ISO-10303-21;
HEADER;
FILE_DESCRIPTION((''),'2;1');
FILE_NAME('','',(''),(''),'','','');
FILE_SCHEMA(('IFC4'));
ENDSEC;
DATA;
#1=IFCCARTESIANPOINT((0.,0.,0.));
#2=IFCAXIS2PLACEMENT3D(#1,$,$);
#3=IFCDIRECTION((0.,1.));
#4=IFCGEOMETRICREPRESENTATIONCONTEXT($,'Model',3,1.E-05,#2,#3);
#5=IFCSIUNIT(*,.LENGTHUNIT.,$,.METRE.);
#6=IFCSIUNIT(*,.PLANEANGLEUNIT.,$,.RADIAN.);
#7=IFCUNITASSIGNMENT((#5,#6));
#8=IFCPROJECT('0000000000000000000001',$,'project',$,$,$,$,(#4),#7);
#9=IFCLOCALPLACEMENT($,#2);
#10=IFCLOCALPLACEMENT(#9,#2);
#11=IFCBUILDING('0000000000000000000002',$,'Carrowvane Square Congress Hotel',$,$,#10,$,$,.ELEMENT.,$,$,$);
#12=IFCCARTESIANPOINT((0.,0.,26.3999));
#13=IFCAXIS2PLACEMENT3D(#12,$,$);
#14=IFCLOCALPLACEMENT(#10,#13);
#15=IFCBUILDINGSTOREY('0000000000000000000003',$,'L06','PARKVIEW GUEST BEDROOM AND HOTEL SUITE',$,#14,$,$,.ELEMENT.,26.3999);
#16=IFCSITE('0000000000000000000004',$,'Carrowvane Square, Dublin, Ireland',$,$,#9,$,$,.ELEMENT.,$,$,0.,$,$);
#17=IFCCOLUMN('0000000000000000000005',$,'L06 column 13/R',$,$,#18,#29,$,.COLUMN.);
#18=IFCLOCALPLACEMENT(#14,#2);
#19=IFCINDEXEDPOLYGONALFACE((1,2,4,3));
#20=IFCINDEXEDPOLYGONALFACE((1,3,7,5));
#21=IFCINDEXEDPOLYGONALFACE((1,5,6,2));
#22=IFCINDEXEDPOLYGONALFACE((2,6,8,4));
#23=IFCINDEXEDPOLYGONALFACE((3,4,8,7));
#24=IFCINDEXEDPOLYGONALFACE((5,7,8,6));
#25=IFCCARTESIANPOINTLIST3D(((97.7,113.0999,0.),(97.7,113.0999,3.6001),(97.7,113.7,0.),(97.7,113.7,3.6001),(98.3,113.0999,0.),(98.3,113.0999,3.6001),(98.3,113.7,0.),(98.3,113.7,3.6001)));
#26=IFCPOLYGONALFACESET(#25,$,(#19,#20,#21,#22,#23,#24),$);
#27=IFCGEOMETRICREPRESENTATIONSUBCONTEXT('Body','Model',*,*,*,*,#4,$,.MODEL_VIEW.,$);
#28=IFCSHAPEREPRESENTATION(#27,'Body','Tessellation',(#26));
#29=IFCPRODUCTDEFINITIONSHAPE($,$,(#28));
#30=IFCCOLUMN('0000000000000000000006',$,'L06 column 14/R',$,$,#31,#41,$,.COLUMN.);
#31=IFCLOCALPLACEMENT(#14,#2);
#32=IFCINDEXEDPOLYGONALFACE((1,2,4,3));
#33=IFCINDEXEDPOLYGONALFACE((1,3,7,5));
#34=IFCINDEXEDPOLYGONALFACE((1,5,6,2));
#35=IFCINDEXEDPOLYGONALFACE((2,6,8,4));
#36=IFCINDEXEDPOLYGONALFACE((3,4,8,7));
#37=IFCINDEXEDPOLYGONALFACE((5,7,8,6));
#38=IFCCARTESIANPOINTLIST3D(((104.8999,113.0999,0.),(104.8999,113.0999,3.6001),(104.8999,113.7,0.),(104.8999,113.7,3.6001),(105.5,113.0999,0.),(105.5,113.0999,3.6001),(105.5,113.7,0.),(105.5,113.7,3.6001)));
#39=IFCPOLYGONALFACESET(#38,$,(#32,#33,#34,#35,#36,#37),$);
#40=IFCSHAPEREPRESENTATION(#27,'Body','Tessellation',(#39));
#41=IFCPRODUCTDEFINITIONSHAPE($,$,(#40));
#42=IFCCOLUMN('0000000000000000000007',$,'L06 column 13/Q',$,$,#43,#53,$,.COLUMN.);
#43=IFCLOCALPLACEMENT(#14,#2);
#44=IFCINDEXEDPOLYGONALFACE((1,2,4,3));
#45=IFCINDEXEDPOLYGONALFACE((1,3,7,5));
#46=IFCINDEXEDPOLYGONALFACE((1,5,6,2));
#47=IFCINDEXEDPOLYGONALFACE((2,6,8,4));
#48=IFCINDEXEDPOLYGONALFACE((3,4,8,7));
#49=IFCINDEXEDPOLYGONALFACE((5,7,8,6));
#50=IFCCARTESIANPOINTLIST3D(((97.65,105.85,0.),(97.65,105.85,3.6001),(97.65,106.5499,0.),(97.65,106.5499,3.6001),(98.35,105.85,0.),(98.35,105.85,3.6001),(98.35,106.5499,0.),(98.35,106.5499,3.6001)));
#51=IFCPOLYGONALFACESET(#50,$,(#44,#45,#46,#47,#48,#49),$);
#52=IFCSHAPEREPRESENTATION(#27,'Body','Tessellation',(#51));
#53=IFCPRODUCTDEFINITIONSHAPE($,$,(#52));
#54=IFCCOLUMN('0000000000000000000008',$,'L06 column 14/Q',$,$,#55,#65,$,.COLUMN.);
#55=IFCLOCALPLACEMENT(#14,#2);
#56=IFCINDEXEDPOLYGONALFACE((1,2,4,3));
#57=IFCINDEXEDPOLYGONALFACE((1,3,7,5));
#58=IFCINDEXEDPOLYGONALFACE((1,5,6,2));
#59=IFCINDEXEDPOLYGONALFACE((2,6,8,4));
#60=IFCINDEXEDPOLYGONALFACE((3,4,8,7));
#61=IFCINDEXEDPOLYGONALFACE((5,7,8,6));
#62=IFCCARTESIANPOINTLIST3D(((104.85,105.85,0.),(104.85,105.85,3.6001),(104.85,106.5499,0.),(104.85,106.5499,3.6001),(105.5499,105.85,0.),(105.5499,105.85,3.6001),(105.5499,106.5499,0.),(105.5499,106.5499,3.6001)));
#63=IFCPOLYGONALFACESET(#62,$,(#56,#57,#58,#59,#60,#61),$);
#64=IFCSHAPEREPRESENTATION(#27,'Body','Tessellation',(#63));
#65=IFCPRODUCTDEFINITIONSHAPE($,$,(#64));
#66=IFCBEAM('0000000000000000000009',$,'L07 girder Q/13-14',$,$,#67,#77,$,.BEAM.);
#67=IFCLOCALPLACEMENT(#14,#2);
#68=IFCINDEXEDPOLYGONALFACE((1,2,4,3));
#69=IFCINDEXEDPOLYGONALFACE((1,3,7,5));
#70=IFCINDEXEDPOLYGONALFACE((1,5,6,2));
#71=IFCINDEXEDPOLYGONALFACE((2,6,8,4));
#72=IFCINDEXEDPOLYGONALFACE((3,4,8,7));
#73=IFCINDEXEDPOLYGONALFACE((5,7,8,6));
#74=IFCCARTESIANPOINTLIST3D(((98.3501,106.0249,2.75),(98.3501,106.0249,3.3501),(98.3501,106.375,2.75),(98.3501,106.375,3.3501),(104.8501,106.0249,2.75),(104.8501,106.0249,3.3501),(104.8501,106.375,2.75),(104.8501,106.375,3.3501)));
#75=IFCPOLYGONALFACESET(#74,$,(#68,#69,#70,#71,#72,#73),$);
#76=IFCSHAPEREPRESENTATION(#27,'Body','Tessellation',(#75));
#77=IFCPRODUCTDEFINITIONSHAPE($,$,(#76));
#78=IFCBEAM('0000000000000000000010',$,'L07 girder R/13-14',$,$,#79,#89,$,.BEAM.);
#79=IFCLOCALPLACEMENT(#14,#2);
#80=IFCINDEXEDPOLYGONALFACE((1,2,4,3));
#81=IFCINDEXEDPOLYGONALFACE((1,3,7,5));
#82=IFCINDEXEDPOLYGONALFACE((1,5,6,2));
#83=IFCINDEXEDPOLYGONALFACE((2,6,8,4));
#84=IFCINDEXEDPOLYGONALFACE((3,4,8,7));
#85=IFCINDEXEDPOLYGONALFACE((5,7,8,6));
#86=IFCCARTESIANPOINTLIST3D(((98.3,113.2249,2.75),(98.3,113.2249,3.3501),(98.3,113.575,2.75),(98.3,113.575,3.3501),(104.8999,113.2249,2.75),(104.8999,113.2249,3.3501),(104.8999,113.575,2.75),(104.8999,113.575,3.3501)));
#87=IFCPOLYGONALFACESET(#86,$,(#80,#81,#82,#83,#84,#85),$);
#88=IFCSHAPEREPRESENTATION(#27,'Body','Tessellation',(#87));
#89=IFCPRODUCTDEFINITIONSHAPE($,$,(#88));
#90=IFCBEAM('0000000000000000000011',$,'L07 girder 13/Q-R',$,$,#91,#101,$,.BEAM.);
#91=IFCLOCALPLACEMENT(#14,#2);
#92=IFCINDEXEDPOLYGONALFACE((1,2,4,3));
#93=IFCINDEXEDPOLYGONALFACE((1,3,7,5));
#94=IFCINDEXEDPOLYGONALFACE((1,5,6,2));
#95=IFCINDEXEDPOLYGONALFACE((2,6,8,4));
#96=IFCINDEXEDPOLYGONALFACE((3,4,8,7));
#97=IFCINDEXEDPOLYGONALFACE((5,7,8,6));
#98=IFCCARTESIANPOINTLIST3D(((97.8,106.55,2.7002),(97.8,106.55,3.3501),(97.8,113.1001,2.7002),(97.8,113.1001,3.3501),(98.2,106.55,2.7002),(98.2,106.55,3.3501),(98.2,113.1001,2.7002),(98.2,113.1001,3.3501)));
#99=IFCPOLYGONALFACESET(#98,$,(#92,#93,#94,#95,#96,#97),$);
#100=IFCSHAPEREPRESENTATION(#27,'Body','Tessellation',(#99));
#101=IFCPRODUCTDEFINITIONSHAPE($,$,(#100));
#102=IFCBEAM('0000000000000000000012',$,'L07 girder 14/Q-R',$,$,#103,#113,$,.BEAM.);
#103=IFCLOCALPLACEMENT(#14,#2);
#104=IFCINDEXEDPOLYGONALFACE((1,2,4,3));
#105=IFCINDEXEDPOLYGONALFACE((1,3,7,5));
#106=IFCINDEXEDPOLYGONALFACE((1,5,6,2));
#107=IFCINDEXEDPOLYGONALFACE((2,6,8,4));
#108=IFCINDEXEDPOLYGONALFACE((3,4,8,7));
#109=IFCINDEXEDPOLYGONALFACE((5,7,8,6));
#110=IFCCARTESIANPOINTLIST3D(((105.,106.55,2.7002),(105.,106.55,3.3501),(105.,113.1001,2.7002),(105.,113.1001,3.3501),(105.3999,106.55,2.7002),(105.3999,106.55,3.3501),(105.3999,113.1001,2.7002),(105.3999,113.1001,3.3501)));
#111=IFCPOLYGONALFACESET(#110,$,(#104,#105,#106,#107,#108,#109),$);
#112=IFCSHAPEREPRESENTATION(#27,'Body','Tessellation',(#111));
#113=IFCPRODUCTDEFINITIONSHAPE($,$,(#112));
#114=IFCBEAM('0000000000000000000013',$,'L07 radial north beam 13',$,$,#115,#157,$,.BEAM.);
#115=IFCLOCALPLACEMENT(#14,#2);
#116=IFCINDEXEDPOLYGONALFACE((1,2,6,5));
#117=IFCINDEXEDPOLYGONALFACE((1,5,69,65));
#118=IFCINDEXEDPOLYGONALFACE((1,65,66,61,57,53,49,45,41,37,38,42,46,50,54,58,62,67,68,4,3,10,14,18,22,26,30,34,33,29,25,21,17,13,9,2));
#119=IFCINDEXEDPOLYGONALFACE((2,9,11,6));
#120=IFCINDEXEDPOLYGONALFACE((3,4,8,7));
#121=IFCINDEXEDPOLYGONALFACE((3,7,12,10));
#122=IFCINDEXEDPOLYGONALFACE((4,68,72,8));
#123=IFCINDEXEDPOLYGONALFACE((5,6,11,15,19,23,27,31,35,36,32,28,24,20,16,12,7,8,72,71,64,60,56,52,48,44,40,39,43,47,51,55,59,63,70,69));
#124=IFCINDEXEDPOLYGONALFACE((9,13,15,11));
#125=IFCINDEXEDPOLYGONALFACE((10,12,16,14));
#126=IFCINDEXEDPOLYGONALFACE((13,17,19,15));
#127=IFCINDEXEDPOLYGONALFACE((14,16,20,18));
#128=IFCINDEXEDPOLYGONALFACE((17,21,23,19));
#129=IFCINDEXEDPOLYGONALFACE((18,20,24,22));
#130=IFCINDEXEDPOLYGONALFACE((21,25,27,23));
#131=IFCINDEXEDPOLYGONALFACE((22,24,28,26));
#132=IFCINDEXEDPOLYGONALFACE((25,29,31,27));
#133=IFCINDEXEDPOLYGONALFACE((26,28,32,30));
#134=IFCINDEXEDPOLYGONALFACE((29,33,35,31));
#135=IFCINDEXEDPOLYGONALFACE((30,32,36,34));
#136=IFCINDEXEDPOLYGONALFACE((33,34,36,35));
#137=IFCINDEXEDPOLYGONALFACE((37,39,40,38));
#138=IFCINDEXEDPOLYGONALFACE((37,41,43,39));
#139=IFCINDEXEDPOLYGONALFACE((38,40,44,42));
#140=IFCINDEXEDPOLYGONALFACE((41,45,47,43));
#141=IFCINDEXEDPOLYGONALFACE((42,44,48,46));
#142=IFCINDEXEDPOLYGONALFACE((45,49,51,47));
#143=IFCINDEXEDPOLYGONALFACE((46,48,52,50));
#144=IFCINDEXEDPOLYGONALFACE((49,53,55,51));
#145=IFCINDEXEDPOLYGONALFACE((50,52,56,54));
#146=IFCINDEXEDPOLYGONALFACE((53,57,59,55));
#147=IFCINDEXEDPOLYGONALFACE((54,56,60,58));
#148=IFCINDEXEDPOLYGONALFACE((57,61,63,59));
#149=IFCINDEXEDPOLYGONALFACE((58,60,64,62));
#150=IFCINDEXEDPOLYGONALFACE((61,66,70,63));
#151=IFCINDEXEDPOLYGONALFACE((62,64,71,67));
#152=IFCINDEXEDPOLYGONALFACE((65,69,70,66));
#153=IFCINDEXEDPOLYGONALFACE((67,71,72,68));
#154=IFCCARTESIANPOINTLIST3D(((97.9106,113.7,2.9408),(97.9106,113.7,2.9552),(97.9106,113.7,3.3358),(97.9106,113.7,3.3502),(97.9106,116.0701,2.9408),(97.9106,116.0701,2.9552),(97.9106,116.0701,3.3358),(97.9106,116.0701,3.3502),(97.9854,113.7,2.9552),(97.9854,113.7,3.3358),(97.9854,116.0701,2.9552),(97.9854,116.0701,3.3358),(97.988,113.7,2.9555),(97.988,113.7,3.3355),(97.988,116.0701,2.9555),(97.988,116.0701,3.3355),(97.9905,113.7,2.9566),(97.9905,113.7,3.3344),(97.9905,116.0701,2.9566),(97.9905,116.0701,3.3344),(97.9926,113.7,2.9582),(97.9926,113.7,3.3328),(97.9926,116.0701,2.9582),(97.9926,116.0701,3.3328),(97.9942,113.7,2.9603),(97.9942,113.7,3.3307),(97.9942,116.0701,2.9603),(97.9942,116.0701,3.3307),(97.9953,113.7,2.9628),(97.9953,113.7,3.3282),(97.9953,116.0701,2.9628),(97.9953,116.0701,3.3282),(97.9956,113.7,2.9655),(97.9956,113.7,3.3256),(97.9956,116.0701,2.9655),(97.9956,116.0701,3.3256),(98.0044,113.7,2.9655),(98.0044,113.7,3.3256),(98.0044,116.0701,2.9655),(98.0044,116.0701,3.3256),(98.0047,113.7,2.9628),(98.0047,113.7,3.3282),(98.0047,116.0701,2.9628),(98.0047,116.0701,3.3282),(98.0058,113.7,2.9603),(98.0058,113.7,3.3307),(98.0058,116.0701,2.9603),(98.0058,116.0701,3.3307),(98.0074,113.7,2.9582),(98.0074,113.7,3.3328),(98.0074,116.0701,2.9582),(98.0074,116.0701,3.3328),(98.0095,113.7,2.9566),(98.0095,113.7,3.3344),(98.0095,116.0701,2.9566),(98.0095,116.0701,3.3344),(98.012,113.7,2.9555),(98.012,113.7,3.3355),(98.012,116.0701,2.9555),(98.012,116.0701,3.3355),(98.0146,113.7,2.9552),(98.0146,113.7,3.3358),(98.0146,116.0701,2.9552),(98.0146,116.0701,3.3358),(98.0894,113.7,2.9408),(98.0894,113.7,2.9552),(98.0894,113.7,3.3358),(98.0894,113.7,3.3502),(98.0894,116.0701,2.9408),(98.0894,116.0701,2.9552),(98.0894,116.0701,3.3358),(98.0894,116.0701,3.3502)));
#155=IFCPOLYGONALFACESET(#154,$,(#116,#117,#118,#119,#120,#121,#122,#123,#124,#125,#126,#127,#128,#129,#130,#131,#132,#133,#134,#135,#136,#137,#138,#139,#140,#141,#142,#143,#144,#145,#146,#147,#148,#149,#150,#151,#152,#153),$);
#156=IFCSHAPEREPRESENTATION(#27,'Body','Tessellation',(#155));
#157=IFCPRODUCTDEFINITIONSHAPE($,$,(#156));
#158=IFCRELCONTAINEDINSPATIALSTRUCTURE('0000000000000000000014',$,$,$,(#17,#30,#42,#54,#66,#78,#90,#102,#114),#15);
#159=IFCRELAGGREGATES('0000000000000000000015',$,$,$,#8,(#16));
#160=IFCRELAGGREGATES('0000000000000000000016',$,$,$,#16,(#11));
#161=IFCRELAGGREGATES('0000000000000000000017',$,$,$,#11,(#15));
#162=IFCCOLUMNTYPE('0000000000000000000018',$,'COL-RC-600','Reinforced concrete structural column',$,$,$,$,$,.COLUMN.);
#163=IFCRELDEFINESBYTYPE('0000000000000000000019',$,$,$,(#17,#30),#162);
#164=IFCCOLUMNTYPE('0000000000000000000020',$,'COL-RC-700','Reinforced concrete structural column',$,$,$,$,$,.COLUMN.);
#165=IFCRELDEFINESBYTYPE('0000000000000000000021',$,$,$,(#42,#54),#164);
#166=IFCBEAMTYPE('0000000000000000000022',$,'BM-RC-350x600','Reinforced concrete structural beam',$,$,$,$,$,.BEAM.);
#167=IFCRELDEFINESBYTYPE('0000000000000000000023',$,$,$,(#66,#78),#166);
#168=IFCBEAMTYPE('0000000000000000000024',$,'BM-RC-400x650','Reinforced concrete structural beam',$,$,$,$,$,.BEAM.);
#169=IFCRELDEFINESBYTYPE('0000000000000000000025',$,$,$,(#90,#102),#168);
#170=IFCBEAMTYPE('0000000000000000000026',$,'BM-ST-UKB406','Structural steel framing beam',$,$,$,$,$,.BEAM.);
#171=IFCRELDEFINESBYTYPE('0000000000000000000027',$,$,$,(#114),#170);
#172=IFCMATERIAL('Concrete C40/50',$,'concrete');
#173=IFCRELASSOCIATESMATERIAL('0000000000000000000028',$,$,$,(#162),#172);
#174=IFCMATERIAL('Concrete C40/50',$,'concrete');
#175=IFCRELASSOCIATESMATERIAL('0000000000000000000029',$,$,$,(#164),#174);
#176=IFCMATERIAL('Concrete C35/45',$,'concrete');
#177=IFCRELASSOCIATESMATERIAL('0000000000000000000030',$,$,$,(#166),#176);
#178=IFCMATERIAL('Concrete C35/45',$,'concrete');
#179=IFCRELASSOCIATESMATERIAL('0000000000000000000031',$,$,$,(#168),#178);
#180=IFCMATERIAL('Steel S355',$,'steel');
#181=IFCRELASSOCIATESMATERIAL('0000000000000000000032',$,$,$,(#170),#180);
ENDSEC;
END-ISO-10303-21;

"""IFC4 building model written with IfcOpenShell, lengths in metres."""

from ifc_helpers import new_model, si_unit, direction, frame, origin, origin_2d, place, context, subcontext, project, spatial, rectangle, i_section, extrude, material, material_profile, profile_set, type_object, element, save


model = new_model("IFC4")

# Units and contexts
model_context = context("Model", 3, precision=1e-05, world=origin(), true_north=direction((0.0, 1.0)))
body_context = subcontext(model_context, "Body", "Model", "MODEL_VIEW")
ifc_project = project(units=[si_unit("LENGTHUNIT", "METRE"), si_unit("PLANEANGLEUNIT", "RADIAN")], contexts=[model_context])

# Site, building, storey
site_placement = place(None, origin())
site = spatial("IfcSite", under=ifc_project, at=site_placement, Name="Carrowvane Square, Dublin, Ireland", CompositionType="ELEMENT", RefElevation=0.0)
building_placement = place(site_placement, origin())
building = spatial("IfcBuilding", under=site, at=building_placement, Name="Carrowvane Square Congress Hotel", CompositionType="ELEMENT")
storey_placement = place(building_placement, frame((0.0, 0.0, 26.3999)))
storey = spatial("IfcBuildingStorey", under=building, at=storey_placement, Name="L06", Description="PARKVIEW GUEST BEDROOM AND HOTEL SUITE", CompositionType="ELEMENT", Elevation=26.3999)

# Columns
ifc_material_1 = material(Name="Concrete C40/50", Category="concrete")
ifc_material_profile_1 = material_profile(ifc_material_1, rectangle(XDim=0.6001, YDim=0.6001, at=origin_2d()), Name="RC 600x600")
ifc_profile_set_1 = profile_set([ifc_material_profile_1], Name="Concrete C40/50")
column_type_1 = type_object("IfcColumnType", Name="COL-RC-600", Description="Reinforced concrete structural column", PredefinedType="COLUMN", material=ifc_profile_set_1)
for number, where, z_axis, x_axis, name in (
    (1, (98.0, 113.3999, 0.0), (0.0, 0.0, 1.0), (1.0, 0.0, 0.0), "L06 column 13/R"),
    (2, (105.2, 113.3999, 0.0), (0.0, 0.0, 1.0), (1.0, 0.0, 0.0), "L06 column 14/R"),
):
    element("IfcColumn", number, at=place(storey_placement, frame(where, z_axis=z_axis, x_axis=x_axis)), inside=storey, type_object=column_type_1, Name=name, PredefinedType="COLUMN", context=body_context, shape_type="SweptSolid", body=[
        extrude(rectangle(XDim=0.6001, YDim=0.6001, at=origin_2d()), origin(), (0.0, 0.0, 1.0), 3.6001),
    ])
ifc_material_2 = material(Name="Concrete C40/50", Category="concrete")
ifc_material_profile_2 = material_profile(ifc_material_2, rectangle(XDim=0.7, YDim=0.7, at=origin_2d()), Name="RC 700x700")
ifc_profile_set_2 = profile_set([ifc_material_profile_2], Name="Concrete C40/50")
column_type_2 = type_object("IfcColumnType", Name="COL-RC-700", Description="Reinforced concrete structural column", PredefinedType="COLUMN", material=ifc_profile_set_2)
for number, where, z_axis, x_axis, name in (
    (3, (98.0, 106.2, 0.0), (0.0, 0.0, 1.0), (1.0, 0.0, 0.0), "L06 column 13/Q"),
    (4, (105.2, 106.2, 0.0), (0.0, 0.0, 1.0), (1.0, 0.0, 0.0), "L06 column 14/Q"),
):
    element("IfcColumn", number, at=place(storey_placement, frame(where, z_axis=z_axis, x_axis=x_axis)), inside=storey, type_object=column_type_2, Name=name, PredefinedType="COLUMN", context=body_context, shape_type="SweptSolid", body=[
        extrude(rectangle(XDim=0.7, YDim=0.7, at=origin_2d()), origin(), (0.0, 0.0, 1.0), 3.6001),
    ])

# Beams
ifc_material_3 = material(Name="Concrete C35/45", Category="concrete")
ifc_material_profile_3 = material_profile(ifc_material_3, rectangle(XDim=0.3501, YDim=0.6001, at=origin_2d()), Name="RC 350x600")
ifc_profile_set_3 = profile_set([ifc_material_profile_3], Name="Concrete C35/45")
beam_type_1 = type_object("IfcBeamType", Name="BM-RC-350x600", Description="Reinforced concrete structural beam", PredefinedType="BEAM", material=ifc_profile_set_3)
beam_1_placement = place(storey_placement, frame((98.3501, 106.2, 3.05), z_axis=(1.0, 0.0, 0.0), x_axis=(0.0, 1.0, 0.0)))
element("IfcBeam", 5, at=beam_1_placement, inside=storey, type_object=beam_type_1, Name="L07 girder Q/13-14", PredefinedType="BEAM", context=body_context, shape_type="SweptSolid", body=[
    extrude(rectangle(XDim=0.3501, YDim=0.6001, at=origin_2d()), origin(), (0.0, 0.0, 1.0), 6.5),
])
beam_2_placement = place(storey_placement, frame((98.3, 113.3999, 3.05), z_axis=(1.0, 0.0, 0.0), x_axis=(0.0, 1.0, 0.0)))
element("IfcBeam", 6, at=beam_2_placement, inside=storey, type_object=beam_type_1, Name="L07 girder R/13-14", PredefinedType="BEAM", context=body_context, shape_type="SweptSolid", body=[
    extrude(rectangle(XDim=0.3501, YDim=0.6001, at=origin_2d()), origin(), (0.0, 0.0, 1.0), 6.5999),
])
ifc_material_4 = material(Name="Concrete C35/45", Category="concrete")
ifc_material_profile_4 = material_profile(ifc_material_4, rectangle(XDim=0.3999, YDim=0.6499, at=origin_2d()), Name="RC 400x650")
ifc_profile_set_4 = profile_set([ifc_material_profile_4], Name="Concrete C35/45")
beam_type_2 = type_object("IfcBeamType", Name="BM-RC-400x650", Description="Reinforced concrete structural beam", PredefinedType="BEAM", material=ifc_profile_set_4)
for number, where, z_axis, x_axis, name in (
    (7, (98.0, 106.55, 3.0251), (0.0, 1.0, 0.0), (-1.0, 0.0, 0.0), "L07 girder 13/Q-R"),
    (8, (105.2, 106.55, 3.0251), (0.0, 1.0, 0.0), (-1.0, 0.0, 0.0), "L07 girder 14/Q-R"),
):
    element("IfcBeam", number, at=place(storey_placement, frame(where, z_axis=z_axis, x_axis=x_axis)), inside=storey, type_object=beam_type_2, Name=name, PredefinedType="BEAM", context=body_context, shape_type="SweptSolid", body=[
        extrude(rectangle(XDim=0.3999, YDim=0.6499, at=origin_2d()), origin(), (0.0, 0.0, 1.0), 6.55),
    ])
ifc_material_5 = material(Name="Steel S355", Category="steel")
ifc_material_profile_5 = material_profile(ifc_material_5, i_section(OverallWidth=0.1787, OverallDepth=0.4094, WebThickness=0.0088, FlangeThickness=0.0144, FilletRadius=0.0103, at=origin_2d()), Name="UKB 406x178x67")
ifc_profile_set_5 = profile_set([ifc_material_profile_5], Name="Steel S355")
beam_type_3 = type_object("IfcBeamType", Name="BM-ST-UKB406", Description="Structural steel framing beam", PredefinedType="BEAM", material=ifc_profile_set_5)
beam_3_placement = place(storey_placement, frame((98.0, 113.7, 3.1455), z_axis=(0.0, 1.0, 0.0), x_axis=(-1.0, 0.0, 0.0)))
element("IfcBeam", 9, at=beam_3_placement, inside=storey, type_object=beam_type_3, Name="L07 radial north beam 13", PredefinedType="BEAM", context=body_context, shape_type="SweptSolid", body=[
    extrude(i_section(OverallWidth=0.1787, OverallDepth=0.4094, WebThickness=0.0088, FlangeThickness=0.0144, FilletRadius=0.0103, at=origin_2d()), origin(), (0.0, 0.0, 1.0), 2.3701),
])

save(model, "model.ifc")
